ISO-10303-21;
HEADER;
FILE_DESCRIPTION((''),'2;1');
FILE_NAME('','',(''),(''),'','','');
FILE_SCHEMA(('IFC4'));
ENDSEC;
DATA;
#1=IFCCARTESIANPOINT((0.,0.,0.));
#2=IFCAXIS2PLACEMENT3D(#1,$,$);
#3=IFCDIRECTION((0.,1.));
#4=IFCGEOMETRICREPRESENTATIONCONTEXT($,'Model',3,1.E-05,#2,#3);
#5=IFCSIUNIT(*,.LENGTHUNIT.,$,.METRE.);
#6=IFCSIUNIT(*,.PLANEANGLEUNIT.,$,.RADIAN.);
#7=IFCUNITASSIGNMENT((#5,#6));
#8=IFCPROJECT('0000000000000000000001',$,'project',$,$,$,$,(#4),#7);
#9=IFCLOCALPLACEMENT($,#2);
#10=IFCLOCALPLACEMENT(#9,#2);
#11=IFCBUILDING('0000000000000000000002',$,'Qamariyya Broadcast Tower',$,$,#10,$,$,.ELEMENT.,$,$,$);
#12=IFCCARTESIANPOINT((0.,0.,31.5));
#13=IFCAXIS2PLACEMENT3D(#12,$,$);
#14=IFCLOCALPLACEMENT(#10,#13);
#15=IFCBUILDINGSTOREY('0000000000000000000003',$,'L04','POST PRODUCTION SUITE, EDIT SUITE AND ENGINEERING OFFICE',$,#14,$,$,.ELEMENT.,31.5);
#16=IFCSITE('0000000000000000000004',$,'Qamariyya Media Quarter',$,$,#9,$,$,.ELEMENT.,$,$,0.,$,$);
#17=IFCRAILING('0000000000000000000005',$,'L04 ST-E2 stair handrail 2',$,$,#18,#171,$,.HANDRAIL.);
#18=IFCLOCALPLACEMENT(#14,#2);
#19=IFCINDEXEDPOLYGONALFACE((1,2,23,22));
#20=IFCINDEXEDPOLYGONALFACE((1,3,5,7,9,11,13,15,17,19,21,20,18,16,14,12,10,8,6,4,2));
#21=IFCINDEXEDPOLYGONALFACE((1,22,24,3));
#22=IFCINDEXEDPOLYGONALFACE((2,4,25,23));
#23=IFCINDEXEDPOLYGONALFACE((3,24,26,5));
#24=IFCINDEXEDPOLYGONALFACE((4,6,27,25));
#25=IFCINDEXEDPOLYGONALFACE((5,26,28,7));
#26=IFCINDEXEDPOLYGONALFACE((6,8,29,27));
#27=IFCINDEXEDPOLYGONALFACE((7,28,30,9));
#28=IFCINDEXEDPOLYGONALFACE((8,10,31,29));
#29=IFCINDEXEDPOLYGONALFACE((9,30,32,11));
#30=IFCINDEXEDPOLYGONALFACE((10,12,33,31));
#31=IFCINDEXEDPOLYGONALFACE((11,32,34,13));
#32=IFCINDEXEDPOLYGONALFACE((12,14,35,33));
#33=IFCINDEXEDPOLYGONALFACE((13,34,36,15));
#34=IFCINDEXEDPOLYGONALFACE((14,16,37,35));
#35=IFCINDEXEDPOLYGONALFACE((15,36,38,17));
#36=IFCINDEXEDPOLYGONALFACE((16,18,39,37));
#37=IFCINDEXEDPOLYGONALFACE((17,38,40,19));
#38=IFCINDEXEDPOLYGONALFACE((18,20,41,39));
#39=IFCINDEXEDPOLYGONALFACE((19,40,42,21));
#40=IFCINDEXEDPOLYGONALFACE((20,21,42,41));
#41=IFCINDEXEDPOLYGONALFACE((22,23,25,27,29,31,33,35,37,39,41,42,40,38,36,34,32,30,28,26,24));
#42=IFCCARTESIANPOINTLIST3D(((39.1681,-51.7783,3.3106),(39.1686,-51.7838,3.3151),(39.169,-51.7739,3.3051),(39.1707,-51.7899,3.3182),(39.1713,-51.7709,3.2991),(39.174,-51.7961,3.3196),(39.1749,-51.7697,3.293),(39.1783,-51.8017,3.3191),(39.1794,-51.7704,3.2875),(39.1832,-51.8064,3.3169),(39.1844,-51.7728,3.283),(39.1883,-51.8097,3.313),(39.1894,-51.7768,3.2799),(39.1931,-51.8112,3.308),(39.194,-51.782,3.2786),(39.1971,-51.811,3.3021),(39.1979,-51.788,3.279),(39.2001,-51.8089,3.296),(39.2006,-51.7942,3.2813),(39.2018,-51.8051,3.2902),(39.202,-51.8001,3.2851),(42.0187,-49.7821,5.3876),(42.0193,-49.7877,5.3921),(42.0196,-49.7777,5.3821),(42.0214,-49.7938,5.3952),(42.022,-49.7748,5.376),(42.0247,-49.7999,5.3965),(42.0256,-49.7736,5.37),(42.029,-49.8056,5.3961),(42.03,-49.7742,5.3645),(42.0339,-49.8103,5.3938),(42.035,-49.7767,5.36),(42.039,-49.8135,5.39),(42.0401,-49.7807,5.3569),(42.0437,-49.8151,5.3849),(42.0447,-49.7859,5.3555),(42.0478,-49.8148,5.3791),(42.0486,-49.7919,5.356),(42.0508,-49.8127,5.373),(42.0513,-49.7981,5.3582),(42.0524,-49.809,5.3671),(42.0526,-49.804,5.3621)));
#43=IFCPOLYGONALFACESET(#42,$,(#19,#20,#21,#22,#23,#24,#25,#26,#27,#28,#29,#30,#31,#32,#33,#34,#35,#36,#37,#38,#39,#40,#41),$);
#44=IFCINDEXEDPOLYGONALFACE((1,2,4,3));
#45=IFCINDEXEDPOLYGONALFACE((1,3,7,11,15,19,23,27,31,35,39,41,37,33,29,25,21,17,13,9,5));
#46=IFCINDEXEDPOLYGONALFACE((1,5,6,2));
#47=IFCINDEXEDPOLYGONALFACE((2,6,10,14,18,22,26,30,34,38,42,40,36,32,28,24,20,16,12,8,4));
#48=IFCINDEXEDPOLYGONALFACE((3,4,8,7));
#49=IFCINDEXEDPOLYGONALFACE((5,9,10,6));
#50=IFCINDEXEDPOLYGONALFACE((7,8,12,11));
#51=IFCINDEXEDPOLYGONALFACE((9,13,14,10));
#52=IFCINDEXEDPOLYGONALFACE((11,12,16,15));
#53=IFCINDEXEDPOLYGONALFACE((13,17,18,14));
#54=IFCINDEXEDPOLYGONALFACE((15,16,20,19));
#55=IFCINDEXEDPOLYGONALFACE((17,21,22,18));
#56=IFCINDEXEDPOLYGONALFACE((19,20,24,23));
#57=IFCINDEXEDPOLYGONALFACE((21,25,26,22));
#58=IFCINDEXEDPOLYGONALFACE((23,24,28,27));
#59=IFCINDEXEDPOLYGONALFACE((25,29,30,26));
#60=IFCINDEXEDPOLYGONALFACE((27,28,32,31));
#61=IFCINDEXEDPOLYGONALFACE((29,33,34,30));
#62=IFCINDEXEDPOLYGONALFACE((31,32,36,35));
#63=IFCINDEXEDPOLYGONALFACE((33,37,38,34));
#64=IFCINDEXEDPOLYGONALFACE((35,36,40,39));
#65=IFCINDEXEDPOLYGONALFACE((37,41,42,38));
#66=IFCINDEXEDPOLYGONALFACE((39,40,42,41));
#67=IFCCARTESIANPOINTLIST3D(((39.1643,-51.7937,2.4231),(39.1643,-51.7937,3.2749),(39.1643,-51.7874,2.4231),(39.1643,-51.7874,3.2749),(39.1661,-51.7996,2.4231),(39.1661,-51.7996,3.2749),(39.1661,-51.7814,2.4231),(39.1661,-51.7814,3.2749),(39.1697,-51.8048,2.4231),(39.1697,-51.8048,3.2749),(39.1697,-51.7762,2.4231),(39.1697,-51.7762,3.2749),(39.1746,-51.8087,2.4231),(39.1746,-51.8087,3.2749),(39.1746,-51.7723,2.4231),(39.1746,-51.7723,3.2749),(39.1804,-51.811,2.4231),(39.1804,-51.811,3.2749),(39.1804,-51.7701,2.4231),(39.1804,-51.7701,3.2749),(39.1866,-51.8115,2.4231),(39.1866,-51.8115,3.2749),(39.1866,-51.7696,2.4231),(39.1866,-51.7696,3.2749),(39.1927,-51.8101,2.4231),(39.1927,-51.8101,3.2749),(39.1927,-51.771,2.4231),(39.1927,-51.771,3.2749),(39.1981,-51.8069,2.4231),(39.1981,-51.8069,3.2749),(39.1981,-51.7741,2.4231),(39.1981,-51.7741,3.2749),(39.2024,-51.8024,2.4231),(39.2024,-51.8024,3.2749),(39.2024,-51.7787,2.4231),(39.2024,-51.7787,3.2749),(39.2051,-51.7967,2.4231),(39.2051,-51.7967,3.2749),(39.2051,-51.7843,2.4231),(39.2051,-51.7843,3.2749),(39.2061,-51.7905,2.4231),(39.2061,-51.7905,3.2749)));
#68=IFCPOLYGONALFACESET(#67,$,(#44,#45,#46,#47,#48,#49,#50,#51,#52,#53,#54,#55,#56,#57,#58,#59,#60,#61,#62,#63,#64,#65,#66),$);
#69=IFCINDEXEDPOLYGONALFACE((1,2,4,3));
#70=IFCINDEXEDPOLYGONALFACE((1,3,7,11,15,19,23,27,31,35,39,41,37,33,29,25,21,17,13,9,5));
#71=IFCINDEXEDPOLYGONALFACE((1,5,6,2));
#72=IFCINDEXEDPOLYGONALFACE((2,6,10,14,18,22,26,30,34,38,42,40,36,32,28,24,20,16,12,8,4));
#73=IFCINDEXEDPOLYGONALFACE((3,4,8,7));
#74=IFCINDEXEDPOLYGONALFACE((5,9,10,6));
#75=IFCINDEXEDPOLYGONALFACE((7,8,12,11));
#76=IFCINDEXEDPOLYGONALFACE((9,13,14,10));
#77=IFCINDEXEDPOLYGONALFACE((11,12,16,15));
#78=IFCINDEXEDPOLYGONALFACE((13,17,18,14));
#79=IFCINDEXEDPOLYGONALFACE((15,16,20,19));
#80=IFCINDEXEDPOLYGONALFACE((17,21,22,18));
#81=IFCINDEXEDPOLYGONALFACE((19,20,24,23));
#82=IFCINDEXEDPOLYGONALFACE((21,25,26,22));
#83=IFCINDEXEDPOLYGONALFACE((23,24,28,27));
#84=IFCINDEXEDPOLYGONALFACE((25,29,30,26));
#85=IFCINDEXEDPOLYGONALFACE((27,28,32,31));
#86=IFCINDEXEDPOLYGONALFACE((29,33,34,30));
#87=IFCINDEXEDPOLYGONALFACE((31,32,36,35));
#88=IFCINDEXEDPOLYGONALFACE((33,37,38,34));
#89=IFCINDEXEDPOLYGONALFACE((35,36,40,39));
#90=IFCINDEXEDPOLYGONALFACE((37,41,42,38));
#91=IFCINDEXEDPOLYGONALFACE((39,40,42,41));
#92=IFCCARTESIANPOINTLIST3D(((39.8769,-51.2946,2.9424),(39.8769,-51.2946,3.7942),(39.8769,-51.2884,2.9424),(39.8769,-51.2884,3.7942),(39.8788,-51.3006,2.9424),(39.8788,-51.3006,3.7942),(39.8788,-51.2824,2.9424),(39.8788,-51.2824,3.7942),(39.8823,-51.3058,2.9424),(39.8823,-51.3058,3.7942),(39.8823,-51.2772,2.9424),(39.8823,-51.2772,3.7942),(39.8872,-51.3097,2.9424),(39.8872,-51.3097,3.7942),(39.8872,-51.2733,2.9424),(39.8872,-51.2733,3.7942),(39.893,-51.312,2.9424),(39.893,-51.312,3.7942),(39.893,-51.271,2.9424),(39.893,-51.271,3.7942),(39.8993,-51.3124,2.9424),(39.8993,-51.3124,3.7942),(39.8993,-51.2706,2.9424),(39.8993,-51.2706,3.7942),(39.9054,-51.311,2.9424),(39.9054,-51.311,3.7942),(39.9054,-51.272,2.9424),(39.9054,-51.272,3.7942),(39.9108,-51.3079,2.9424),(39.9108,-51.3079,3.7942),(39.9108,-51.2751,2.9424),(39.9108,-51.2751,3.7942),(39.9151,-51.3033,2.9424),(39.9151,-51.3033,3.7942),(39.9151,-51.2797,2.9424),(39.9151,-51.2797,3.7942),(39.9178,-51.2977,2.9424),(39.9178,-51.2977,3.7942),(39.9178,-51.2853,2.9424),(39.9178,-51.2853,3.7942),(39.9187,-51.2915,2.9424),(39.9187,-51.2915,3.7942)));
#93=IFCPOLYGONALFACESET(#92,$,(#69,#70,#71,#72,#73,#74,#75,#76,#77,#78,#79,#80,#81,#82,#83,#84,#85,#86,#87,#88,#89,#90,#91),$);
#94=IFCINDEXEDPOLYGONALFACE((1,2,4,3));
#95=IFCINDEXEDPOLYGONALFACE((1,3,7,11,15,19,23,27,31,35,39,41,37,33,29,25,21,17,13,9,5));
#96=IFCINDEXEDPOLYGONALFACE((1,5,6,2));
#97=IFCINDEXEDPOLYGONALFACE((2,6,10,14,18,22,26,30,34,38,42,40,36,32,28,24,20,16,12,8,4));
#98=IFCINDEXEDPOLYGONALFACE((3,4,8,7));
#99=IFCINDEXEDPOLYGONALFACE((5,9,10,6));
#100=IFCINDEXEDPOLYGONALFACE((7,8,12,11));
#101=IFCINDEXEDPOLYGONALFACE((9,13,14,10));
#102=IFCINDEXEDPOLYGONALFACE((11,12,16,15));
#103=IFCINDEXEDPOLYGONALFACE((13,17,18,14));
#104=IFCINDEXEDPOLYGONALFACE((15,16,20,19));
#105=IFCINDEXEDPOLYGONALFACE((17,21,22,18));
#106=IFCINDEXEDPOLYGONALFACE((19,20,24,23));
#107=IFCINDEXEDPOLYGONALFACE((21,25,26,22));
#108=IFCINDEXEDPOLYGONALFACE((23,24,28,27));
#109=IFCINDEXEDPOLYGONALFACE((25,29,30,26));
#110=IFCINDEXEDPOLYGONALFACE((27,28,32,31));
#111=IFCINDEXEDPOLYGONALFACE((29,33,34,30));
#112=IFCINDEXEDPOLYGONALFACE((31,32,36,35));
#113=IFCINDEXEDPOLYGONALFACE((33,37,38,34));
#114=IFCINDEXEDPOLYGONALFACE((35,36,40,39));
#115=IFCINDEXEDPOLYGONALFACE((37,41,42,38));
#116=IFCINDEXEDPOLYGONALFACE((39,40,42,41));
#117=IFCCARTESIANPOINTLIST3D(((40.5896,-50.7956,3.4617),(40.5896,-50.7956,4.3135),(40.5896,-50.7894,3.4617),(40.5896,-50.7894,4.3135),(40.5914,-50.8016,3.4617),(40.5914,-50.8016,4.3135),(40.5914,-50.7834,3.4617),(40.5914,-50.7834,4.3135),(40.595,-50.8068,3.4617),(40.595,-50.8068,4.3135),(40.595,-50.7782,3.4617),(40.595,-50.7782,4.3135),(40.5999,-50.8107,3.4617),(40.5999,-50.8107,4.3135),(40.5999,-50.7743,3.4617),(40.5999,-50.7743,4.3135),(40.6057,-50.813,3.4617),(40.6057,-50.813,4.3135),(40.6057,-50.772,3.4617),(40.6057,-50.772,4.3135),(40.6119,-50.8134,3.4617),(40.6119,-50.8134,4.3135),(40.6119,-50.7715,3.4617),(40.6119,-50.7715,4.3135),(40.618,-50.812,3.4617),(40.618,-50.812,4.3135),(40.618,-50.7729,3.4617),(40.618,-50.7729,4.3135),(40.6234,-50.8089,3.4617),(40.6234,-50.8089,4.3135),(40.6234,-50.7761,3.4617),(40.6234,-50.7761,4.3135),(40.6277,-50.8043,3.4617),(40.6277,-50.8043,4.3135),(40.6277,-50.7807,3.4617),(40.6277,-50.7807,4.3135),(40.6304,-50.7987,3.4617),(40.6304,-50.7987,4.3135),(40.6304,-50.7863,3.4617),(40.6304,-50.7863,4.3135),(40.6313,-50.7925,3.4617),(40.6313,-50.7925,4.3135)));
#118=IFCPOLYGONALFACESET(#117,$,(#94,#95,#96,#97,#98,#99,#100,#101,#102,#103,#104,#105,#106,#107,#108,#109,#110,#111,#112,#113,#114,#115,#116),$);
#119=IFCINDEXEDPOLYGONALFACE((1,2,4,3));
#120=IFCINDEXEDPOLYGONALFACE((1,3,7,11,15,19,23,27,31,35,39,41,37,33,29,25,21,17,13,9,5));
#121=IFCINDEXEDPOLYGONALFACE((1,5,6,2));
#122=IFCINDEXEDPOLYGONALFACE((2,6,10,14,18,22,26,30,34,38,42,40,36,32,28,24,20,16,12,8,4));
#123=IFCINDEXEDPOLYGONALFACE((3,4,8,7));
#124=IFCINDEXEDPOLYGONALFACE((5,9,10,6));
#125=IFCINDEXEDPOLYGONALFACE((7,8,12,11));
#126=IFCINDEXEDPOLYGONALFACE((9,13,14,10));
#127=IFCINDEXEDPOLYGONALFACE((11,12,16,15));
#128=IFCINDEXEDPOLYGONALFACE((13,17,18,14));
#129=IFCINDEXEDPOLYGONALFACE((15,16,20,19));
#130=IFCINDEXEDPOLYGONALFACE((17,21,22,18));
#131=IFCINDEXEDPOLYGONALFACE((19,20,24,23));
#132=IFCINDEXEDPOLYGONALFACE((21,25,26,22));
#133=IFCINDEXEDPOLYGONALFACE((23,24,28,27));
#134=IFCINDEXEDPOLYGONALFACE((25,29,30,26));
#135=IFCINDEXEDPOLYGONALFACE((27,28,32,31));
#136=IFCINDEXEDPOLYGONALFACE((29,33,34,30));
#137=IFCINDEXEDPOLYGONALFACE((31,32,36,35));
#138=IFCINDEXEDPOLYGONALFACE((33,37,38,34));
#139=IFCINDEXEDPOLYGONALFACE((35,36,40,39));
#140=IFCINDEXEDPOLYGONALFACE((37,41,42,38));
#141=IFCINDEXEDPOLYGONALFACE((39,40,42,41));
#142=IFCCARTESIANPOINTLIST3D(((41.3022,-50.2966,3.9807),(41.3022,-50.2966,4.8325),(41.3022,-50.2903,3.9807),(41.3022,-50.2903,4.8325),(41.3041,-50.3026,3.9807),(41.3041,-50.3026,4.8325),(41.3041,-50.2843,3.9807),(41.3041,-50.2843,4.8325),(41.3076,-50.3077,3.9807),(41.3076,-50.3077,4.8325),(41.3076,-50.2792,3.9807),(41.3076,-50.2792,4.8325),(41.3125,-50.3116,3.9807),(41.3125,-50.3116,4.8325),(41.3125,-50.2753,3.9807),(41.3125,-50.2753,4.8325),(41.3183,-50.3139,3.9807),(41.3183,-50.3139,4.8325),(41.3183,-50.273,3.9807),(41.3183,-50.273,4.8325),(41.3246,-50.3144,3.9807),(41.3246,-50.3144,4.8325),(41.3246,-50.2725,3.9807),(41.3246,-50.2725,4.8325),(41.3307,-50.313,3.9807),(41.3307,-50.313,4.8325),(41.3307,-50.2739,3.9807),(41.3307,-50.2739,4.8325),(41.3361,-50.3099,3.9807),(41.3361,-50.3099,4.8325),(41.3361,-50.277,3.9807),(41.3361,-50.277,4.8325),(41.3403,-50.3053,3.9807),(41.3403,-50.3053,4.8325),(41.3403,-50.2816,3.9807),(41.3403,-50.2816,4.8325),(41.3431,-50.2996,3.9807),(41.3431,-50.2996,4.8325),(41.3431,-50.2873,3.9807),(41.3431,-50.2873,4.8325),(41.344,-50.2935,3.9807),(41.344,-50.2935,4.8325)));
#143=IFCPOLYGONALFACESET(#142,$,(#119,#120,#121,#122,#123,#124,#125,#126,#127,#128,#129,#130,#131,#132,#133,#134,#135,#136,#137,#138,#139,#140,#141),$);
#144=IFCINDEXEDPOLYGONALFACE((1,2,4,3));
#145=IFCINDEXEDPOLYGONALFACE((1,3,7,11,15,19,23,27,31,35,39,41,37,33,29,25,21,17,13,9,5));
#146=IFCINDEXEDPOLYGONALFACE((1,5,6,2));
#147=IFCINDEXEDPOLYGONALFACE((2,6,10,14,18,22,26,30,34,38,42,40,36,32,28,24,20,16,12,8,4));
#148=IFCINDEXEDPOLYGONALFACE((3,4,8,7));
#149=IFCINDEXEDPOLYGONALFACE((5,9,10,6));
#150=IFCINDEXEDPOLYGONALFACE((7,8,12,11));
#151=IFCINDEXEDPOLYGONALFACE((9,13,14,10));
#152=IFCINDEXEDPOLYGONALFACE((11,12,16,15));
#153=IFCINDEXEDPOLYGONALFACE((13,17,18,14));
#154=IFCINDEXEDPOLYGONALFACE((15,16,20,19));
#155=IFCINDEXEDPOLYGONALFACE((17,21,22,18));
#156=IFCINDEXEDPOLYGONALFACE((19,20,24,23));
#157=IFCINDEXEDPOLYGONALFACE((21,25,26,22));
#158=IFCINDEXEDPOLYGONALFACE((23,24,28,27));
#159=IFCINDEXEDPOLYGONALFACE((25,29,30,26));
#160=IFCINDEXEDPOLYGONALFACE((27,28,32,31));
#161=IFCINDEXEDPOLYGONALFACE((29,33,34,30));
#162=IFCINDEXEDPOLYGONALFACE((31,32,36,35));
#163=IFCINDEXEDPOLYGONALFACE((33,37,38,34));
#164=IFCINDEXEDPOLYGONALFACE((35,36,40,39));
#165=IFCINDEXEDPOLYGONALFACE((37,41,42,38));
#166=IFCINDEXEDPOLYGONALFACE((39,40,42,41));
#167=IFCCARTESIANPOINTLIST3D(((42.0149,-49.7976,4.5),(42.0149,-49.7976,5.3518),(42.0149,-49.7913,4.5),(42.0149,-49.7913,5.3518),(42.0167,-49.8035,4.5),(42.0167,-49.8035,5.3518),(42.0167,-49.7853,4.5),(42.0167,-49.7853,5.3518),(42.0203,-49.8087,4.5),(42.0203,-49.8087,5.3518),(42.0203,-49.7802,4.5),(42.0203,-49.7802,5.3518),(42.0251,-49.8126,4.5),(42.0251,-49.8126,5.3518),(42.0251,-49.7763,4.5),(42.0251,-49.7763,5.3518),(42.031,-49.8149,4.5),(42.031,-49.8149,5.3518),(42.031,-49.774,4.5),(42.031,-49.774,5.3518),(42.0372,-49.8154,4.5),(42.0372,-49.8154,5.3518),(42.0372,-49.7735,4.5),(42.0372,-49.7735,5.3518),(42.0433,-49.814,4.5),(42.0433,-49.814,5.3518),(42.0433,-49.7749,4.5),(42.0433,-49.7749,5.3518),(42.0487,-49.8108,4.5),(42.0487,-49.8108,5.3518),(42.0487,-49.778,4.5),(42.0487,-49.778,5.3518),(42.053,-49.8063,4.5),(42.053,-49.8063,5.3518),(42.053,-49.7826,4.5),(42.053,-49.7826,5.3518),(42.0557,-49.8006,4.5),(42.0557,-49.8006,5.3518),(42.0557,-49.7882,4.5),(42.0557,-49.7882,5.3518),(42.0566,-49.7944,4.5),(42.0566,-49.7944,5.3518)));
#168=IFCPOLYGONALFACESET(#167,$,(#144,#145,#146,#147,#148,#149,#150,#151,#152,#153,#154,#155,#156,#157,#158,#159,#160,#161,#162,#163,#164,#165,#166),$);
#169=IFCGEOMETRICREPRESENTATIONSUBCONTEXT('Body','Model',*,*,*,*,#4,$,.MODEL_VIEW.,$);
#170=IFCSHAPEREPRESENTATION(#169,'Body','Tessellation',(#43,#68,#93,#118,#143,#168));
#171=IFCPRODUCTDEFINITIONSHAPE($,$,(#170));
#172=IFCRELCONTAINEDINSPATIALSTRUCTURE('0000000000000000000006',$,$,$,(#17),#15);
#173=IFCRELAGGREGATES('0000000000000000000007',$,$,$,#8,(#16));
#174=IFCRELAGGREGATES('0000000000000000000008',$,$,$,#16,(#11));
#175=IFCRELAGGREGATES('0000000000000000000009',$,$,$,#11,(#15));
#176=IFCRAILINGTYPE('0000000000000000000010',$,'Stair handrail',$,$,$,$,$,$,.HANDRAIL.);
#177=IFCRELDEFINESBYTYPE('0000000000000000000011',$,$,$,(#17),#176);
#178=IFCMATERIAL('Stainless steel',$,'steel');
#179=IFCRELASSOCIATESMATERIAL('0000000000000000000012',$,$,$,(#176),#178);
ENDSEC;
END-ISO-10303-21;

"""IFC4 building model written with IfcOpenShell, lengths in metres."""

from ifc_helpers import new_model, si_unit, direction, frame, origin, origin_2d, place, context, subcontext, project, spatial, circle, extrude, material, type_object, element, save


model = new_model("IFC4")

# Units and contexts
model_context = context("Model", 3, precision=1e-05, world=origin(), true_north=direction((0.0, 1.0)))
body_context = subcontext(model_context, "Body", "Model", "MODEL_VIEW")
ifc_project = project(units=[si_unit("LENGTHUNIT", "METRE"), si_unit("PLANEANGLEUNIT", "RADIAN")], contexts=[model_context])

# Site, building, storey
site_placement = place(None, origin())
site = spatial("IfcSite", under=ifc_project, at=site_placement, Name="Qamariyya Media Quarter", CompositionType="ELEMENT", RefElevation=0.0)
building_placement = place(site_placement, origin())
building = spatial("IfcBuilding", under=site, at=building_placement, Name="Qamariyya Broadcast Tower", CompositionType="ELEMENT")
storey_placement = place(building_placement, frame((0.0, 0.0, 31.5)))
storey = spatial("IfcBuildingStorey", under=building, at=storey_placement, Name="L04", Description="POST PRODUCTION SUITE, EDIT SUITE AND ENGINEERING OFFICE", CompositionType="ELEMENT", Elevation=31.5)

# Railing
ifc_material_1 = material(Name="Stainless steel", Category="steel")
railing_type_1 = type_object("IfcRailingType", Name="Stair handrail", PredefinedType="HANDRAIL", material=ifc_material_1)
railing_1_placement = place(storey_placement, frame((39.1851, -51.7905, 2.4231)))
element("IfcRailing", 1, at=railing_1_placement, inside=storey, type_object=railing_type_1, Name="L04 ST-E2 stair handrail 2", PredefinedType="HANDRAIL", context=body_context, shape_type="SweptSolid", body=[
    extrude(circle(Radius=0.0239, at=origin_2d()), frame((0.0, 0.0, 0.876), z_axis=(0.703393, 0.492544, 0.512484), x_axis=(-0.573594, 0.81914, 0.0)), (0.0, 0.0, 1.0), 4.0527),
    extrude(circle(Radius=0.021, at=origin_2d()), origin(), (0.0, 0.0, 1.0), 0.8518),
    extrude(circle(Radius=0.021, at=origin_2d()), frame((0.7126, 0.499, 0.5193)), (0.0, 0.0, 1.0), 0.8518),
    extrude(circle(Radius=0.021, at=origin_2d()), frame((1.4253, 0.998, 1.0386)), (0.0, 0.0, 1.0), 0.8518),
    extrude(circle(Radius=0.021, at=origin_2d()), frame((2.1379, 1.4971, 1.5576)), (0.0, 0.0, 1.0), 0.8518),
    extrude(circle(Radius=0.021, at=origin_2d()), frame((2.8506, 1.9961, 2.0769)), (0.0, 0.0, 1.0), 0.8518),
])

save(model, "model.ifc")
